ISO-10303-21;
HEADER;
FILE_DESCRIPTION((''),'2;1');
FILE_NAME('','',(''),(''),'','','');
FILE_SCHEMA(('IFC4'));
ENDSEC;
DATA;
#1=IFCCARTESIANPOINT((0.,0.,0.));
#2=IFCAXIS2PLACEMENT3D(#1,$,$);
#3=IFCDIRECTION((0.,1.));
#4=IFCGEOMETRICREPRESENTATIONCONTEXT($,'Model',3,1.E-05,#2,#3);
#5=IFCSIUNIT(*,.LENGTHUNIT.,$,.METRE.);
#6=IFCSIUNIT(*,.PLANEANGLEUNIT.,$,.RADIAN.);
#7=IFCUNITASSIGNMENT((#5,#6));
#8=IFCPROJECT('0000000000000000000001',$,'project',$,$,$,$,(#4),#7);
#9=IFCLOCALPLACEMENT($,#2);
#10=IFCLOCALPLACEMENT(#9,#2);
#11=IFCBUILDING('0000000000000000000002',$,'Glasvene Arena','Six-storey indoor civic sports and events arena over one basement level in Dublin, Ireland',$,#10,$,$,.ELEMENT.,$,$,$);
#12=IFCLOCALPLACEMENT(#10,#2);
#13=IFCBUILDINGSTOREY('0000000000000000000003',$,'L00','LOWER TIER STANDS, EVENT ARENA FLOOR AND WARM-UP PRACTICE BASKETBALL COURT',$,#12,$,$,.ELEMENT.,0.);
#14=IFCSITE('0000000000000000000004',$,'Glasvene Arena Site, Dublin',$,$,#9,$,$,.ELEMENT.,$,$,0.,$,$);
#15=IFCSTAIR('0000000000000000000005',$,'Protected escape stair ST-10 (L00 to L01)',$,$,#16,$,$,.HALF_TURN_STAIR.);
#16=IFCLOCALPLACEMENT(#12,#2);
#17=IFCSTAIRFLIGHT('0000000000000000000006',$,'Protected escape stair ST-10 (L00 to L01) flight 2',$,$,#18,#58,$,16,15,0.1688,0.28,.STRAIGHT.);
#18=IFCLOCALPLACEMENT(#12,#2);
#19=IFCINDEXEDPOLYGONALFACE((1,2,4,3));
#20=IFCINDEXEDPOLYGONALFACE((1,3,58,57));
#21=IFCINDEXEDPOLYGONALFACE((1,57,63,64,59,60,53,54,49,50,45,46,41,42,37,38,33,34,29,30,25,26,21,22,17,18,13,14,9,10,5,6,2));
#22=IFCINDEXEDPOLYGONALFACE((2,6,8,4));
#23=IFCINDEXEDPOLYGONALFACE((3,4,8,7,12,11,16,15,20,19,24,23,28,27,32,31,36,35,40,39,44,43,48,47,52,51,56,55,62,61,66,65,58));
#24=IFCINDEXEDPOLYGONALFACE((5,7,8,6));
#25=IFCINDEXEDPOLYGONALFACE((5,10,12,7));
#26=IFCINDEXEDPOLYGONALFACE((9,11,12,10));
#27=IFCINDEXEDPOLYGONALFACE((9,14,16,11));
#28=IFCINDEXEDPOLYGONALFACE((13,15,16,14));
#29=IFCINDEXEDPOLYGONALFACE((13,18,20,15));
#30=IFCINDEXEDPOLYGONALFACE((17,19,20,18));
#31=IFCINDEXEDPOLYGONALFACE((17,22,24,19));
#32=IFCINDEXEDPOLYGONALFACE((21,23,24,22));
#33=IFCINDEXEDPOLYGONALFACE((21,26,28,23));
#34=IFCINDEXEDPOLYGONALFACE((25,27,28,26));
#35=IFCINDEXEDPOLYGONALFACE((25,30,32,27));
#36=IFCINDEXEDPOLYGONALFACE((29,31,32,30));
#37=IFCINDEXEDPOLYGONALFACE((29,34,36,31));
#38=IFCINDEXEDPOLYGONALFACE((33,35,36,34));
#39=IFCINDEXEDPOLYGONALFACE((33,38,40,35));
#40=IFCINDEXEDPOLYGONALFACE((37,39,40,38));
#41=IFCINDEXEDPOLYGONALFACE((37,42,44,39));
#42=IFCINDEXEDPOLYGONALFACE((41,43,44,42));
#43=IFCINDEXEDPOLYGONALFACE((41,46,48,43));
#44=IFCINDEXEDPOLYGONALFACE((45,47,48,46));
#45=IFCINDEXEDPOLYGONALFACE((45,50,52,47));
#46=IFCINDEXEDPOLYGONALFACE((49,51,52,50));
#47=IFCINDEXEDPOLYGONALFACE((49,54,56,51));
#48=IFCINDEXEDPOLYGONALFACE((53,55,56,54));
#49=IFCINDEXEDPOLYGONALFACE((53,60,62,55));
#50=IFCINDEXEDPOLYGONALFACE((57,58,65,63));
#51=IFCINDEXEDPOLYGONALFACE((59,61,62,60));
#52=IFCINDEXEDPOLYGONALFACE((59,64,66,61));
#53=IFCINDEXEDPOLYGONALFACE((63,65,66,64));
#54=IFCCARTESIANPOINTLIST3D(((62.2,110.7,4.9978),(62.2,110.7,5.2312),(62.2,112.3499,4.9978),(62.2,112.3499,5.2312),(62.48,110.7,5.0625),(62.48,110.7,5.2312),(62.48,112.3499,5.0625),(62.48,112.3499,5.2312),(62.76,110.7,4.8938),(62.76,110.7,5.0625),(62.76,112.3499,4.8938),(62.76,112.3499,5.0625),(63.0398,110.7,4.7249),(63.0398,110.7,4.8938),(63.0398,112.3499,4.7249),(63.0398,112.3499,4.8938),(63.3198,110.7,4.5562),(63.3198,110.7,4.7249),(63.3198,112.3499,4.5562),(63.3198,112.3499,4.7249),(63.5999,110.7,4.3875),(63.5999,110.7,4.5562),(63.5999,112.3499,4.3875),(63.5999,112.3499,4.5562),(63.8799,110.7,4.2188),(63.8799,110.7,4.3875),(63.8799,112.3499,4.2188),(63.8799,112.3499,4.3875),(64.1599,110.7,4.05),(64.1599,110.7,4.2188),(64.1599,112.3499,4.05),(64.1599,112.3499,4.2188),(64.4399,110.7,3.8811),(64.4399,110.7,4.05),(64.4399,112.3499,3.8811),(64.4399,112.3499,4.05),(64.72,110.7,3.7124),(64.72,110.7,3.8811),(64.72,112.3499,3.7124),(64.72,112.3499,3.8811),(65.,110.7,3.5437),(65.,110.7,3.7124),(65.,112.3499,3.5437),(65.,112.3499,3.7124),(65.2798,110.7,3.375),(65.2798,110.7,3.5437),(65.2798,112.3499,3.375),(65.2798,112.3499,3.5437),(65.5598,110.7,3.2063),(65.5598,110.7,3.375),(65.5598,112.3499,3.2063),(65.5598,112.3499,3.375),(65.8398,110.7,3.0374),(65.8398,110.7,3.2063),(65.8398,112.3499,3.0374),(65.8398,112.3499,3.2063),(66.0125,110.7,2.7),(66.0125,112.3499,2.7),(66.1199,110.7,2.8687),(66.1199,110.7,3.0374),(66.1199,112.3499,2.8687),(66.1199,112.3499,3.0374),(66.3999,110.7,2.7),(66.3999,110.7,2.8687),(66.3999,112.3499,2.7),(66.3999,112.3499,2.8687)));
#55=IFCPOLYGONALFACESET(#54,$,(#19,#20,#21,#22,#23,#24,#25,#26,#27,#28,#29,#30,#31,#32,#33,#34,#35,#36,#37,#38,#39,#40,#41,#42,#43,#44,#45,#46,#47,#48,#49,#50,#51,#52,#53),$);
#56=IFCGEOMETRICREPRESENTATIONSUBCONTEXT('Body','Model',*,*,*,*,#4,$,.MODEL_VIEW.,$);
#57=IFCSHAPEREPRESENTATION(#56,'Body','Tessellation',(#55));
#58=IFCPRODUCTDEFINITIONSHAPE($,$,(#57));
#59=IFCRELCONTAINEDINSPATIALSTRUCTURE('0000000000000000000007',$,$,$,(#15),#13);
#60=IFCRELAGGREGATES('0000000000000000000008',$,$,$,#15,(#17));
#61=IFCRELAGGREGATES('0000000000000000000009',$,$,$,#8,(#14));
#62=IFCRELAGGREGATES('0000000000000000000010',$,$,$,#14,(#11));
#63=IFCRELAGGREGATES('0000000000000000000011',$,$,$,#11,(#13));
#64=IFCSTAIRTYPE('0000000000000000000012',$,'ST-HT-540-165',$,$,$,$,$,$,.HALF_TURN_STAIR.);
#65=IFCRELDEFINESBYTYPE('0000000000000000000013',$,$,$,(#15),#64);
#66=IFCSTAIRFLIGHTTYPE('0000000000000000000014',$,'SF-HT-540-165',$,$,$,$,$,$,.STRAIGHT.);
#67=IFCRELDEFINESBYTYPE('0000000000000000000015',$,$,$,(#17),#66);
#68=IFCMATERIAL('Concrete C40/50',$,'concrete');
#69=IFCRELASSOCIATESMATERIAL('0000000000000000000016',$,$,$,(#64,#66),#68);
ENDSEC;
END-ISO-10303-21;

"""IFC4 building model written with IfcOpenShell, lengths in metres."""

from ifc_helpers import new_model, si_unit, direction, frame, origin, place, context, subcontext, project, spatial, polyline, outline, extrude, material, type_object, element, aggregate, save


model = new_model("IFC4")

# Units and contexts
model_context = context("Model", 3, precision=1e-05, world=origin(), true_north=direction((0.0, 1.0)))
body_context = subcontext(model_context, "Body", "Model", "MODEL_VIEW")
ifc_project = project(units=[si_unit("LENGTHUNIT", "METRE"), si_unit("PLANEANGLEUNIT", "RADIAN")], contexts=[model_context])

# Site, building, storey
site_placement = place(None, origin())
site = spatial("IfcSite", under=ifc_project, at=site_placement, Name="Glasvene Arena Site, Dublin", CompositionType="ELEMENT", RefElevation=0.0)
building_placement = place(site_placement, origin())
building = spatial("IfcBuilding", under=site, at=building_placement, Name="Glasvene Arena", Description="Six-storey indoor civic sports and events arena over one basement level in Dublin, Ireland", CompositionType="ELEMENT")
storey_placement = place(building_placement, origin())
storey = spatial("IfcBuildingStorey", under=building, at=storey_placement, Name="L00", Description="LOWER TIER STANDS, EVENT ARENA FLOOR AND WARM-UP PRACTICE BASKETBALL COURT", CompositionType="ELEMENT", Elevation=0.0)

# Shared definitions
ifc_material_1 = material(Name="Concrete C40/50", Category="concrete")

# Stair
stair_type = type_object("IfcStairType", Name="ST-HT-540-165", PredefinedType="HALF_TURN_STAIR", material=ifc_material_1)
stair_placement = place(storey_placement, origin())
stair = element("IfcStair", 1, at=stair_placement, inside=storey, type_object=stair_type, Name="Protected escape stair ST-10 (L00 to L01)", PredefinedType="HALF_TURN_STAIR")

# Stair flight
stair_flight_type = type_object("IfcStairFlightType", Name="SF-HT-540-165", PredefinedType="STRAIGHT", material=ifc_material_1)
stair_flight_1_placement = place(storey_placement, frame((66.3999, 111.5249, 2.7), z_axis=(0.0, 0.0, 1.0), x_axis=(-1.0, 0.0, 0.0)))
stair_flight_1 = element("IfcStairFlight", 2, at=stair_flight_1_placement, type_object=stair_flight_type, Name="Protected escape stair ST-10 (L00 to L01) flight 2", NumberOfRisers=16, NumberOfTreads=15, PredefinedType="STRAIGHT", RiserHeight=0.1688, TreadLength=0.28, context=body_context, shape_type="SweptSolid", body=[
    extrude(outline(polyline([(0.0, 0.0), (0.0, 0.1687), (0.28, 0.1687), (0.28, 0.3374), (0.5601, 0.3374), (0.5601, 0.5063), (0.8401, 0.5063), (0.8401, 0.675), (1.1201, 0.675), (1.1201, 0.8438), (1.3999, 0.8438), (1.3999, 1.0125), (1.6799, 1.0125), (1.6799, 1.1812), (1.96, 1.1812), (1.96, 1.3501), (2.24, 1.3501), (2.24, 1.5188), (2.52, 1.5188), (2.52, 1.6875), (2.8, 1.6875), (2.8, 1.8562), (3.0801, 1.8562), (3.0801, 2.0249), (3.3601, 2.0249), (3.3601, 2.1938), (3.6399, 2.1938), (3.6399, 2.3625), (3.9199, 2.3625), (3.9199, 2.5312), (4.2, 2.5312), (4.2, 2.7), (4.2, 2.2979), (0.3875, 0.0), (0.0, 0.0)])), frame((0.0, 0.825, 0.0), z_axis=(0.0, -1.0, 0.0), x_axis=(1.0, 0.0, 0.0)), (0.0, 0.0, 1.0), 1.6499),
])
aggregate(stair, [stair_flight_1])

save(model, "model.ifc")
